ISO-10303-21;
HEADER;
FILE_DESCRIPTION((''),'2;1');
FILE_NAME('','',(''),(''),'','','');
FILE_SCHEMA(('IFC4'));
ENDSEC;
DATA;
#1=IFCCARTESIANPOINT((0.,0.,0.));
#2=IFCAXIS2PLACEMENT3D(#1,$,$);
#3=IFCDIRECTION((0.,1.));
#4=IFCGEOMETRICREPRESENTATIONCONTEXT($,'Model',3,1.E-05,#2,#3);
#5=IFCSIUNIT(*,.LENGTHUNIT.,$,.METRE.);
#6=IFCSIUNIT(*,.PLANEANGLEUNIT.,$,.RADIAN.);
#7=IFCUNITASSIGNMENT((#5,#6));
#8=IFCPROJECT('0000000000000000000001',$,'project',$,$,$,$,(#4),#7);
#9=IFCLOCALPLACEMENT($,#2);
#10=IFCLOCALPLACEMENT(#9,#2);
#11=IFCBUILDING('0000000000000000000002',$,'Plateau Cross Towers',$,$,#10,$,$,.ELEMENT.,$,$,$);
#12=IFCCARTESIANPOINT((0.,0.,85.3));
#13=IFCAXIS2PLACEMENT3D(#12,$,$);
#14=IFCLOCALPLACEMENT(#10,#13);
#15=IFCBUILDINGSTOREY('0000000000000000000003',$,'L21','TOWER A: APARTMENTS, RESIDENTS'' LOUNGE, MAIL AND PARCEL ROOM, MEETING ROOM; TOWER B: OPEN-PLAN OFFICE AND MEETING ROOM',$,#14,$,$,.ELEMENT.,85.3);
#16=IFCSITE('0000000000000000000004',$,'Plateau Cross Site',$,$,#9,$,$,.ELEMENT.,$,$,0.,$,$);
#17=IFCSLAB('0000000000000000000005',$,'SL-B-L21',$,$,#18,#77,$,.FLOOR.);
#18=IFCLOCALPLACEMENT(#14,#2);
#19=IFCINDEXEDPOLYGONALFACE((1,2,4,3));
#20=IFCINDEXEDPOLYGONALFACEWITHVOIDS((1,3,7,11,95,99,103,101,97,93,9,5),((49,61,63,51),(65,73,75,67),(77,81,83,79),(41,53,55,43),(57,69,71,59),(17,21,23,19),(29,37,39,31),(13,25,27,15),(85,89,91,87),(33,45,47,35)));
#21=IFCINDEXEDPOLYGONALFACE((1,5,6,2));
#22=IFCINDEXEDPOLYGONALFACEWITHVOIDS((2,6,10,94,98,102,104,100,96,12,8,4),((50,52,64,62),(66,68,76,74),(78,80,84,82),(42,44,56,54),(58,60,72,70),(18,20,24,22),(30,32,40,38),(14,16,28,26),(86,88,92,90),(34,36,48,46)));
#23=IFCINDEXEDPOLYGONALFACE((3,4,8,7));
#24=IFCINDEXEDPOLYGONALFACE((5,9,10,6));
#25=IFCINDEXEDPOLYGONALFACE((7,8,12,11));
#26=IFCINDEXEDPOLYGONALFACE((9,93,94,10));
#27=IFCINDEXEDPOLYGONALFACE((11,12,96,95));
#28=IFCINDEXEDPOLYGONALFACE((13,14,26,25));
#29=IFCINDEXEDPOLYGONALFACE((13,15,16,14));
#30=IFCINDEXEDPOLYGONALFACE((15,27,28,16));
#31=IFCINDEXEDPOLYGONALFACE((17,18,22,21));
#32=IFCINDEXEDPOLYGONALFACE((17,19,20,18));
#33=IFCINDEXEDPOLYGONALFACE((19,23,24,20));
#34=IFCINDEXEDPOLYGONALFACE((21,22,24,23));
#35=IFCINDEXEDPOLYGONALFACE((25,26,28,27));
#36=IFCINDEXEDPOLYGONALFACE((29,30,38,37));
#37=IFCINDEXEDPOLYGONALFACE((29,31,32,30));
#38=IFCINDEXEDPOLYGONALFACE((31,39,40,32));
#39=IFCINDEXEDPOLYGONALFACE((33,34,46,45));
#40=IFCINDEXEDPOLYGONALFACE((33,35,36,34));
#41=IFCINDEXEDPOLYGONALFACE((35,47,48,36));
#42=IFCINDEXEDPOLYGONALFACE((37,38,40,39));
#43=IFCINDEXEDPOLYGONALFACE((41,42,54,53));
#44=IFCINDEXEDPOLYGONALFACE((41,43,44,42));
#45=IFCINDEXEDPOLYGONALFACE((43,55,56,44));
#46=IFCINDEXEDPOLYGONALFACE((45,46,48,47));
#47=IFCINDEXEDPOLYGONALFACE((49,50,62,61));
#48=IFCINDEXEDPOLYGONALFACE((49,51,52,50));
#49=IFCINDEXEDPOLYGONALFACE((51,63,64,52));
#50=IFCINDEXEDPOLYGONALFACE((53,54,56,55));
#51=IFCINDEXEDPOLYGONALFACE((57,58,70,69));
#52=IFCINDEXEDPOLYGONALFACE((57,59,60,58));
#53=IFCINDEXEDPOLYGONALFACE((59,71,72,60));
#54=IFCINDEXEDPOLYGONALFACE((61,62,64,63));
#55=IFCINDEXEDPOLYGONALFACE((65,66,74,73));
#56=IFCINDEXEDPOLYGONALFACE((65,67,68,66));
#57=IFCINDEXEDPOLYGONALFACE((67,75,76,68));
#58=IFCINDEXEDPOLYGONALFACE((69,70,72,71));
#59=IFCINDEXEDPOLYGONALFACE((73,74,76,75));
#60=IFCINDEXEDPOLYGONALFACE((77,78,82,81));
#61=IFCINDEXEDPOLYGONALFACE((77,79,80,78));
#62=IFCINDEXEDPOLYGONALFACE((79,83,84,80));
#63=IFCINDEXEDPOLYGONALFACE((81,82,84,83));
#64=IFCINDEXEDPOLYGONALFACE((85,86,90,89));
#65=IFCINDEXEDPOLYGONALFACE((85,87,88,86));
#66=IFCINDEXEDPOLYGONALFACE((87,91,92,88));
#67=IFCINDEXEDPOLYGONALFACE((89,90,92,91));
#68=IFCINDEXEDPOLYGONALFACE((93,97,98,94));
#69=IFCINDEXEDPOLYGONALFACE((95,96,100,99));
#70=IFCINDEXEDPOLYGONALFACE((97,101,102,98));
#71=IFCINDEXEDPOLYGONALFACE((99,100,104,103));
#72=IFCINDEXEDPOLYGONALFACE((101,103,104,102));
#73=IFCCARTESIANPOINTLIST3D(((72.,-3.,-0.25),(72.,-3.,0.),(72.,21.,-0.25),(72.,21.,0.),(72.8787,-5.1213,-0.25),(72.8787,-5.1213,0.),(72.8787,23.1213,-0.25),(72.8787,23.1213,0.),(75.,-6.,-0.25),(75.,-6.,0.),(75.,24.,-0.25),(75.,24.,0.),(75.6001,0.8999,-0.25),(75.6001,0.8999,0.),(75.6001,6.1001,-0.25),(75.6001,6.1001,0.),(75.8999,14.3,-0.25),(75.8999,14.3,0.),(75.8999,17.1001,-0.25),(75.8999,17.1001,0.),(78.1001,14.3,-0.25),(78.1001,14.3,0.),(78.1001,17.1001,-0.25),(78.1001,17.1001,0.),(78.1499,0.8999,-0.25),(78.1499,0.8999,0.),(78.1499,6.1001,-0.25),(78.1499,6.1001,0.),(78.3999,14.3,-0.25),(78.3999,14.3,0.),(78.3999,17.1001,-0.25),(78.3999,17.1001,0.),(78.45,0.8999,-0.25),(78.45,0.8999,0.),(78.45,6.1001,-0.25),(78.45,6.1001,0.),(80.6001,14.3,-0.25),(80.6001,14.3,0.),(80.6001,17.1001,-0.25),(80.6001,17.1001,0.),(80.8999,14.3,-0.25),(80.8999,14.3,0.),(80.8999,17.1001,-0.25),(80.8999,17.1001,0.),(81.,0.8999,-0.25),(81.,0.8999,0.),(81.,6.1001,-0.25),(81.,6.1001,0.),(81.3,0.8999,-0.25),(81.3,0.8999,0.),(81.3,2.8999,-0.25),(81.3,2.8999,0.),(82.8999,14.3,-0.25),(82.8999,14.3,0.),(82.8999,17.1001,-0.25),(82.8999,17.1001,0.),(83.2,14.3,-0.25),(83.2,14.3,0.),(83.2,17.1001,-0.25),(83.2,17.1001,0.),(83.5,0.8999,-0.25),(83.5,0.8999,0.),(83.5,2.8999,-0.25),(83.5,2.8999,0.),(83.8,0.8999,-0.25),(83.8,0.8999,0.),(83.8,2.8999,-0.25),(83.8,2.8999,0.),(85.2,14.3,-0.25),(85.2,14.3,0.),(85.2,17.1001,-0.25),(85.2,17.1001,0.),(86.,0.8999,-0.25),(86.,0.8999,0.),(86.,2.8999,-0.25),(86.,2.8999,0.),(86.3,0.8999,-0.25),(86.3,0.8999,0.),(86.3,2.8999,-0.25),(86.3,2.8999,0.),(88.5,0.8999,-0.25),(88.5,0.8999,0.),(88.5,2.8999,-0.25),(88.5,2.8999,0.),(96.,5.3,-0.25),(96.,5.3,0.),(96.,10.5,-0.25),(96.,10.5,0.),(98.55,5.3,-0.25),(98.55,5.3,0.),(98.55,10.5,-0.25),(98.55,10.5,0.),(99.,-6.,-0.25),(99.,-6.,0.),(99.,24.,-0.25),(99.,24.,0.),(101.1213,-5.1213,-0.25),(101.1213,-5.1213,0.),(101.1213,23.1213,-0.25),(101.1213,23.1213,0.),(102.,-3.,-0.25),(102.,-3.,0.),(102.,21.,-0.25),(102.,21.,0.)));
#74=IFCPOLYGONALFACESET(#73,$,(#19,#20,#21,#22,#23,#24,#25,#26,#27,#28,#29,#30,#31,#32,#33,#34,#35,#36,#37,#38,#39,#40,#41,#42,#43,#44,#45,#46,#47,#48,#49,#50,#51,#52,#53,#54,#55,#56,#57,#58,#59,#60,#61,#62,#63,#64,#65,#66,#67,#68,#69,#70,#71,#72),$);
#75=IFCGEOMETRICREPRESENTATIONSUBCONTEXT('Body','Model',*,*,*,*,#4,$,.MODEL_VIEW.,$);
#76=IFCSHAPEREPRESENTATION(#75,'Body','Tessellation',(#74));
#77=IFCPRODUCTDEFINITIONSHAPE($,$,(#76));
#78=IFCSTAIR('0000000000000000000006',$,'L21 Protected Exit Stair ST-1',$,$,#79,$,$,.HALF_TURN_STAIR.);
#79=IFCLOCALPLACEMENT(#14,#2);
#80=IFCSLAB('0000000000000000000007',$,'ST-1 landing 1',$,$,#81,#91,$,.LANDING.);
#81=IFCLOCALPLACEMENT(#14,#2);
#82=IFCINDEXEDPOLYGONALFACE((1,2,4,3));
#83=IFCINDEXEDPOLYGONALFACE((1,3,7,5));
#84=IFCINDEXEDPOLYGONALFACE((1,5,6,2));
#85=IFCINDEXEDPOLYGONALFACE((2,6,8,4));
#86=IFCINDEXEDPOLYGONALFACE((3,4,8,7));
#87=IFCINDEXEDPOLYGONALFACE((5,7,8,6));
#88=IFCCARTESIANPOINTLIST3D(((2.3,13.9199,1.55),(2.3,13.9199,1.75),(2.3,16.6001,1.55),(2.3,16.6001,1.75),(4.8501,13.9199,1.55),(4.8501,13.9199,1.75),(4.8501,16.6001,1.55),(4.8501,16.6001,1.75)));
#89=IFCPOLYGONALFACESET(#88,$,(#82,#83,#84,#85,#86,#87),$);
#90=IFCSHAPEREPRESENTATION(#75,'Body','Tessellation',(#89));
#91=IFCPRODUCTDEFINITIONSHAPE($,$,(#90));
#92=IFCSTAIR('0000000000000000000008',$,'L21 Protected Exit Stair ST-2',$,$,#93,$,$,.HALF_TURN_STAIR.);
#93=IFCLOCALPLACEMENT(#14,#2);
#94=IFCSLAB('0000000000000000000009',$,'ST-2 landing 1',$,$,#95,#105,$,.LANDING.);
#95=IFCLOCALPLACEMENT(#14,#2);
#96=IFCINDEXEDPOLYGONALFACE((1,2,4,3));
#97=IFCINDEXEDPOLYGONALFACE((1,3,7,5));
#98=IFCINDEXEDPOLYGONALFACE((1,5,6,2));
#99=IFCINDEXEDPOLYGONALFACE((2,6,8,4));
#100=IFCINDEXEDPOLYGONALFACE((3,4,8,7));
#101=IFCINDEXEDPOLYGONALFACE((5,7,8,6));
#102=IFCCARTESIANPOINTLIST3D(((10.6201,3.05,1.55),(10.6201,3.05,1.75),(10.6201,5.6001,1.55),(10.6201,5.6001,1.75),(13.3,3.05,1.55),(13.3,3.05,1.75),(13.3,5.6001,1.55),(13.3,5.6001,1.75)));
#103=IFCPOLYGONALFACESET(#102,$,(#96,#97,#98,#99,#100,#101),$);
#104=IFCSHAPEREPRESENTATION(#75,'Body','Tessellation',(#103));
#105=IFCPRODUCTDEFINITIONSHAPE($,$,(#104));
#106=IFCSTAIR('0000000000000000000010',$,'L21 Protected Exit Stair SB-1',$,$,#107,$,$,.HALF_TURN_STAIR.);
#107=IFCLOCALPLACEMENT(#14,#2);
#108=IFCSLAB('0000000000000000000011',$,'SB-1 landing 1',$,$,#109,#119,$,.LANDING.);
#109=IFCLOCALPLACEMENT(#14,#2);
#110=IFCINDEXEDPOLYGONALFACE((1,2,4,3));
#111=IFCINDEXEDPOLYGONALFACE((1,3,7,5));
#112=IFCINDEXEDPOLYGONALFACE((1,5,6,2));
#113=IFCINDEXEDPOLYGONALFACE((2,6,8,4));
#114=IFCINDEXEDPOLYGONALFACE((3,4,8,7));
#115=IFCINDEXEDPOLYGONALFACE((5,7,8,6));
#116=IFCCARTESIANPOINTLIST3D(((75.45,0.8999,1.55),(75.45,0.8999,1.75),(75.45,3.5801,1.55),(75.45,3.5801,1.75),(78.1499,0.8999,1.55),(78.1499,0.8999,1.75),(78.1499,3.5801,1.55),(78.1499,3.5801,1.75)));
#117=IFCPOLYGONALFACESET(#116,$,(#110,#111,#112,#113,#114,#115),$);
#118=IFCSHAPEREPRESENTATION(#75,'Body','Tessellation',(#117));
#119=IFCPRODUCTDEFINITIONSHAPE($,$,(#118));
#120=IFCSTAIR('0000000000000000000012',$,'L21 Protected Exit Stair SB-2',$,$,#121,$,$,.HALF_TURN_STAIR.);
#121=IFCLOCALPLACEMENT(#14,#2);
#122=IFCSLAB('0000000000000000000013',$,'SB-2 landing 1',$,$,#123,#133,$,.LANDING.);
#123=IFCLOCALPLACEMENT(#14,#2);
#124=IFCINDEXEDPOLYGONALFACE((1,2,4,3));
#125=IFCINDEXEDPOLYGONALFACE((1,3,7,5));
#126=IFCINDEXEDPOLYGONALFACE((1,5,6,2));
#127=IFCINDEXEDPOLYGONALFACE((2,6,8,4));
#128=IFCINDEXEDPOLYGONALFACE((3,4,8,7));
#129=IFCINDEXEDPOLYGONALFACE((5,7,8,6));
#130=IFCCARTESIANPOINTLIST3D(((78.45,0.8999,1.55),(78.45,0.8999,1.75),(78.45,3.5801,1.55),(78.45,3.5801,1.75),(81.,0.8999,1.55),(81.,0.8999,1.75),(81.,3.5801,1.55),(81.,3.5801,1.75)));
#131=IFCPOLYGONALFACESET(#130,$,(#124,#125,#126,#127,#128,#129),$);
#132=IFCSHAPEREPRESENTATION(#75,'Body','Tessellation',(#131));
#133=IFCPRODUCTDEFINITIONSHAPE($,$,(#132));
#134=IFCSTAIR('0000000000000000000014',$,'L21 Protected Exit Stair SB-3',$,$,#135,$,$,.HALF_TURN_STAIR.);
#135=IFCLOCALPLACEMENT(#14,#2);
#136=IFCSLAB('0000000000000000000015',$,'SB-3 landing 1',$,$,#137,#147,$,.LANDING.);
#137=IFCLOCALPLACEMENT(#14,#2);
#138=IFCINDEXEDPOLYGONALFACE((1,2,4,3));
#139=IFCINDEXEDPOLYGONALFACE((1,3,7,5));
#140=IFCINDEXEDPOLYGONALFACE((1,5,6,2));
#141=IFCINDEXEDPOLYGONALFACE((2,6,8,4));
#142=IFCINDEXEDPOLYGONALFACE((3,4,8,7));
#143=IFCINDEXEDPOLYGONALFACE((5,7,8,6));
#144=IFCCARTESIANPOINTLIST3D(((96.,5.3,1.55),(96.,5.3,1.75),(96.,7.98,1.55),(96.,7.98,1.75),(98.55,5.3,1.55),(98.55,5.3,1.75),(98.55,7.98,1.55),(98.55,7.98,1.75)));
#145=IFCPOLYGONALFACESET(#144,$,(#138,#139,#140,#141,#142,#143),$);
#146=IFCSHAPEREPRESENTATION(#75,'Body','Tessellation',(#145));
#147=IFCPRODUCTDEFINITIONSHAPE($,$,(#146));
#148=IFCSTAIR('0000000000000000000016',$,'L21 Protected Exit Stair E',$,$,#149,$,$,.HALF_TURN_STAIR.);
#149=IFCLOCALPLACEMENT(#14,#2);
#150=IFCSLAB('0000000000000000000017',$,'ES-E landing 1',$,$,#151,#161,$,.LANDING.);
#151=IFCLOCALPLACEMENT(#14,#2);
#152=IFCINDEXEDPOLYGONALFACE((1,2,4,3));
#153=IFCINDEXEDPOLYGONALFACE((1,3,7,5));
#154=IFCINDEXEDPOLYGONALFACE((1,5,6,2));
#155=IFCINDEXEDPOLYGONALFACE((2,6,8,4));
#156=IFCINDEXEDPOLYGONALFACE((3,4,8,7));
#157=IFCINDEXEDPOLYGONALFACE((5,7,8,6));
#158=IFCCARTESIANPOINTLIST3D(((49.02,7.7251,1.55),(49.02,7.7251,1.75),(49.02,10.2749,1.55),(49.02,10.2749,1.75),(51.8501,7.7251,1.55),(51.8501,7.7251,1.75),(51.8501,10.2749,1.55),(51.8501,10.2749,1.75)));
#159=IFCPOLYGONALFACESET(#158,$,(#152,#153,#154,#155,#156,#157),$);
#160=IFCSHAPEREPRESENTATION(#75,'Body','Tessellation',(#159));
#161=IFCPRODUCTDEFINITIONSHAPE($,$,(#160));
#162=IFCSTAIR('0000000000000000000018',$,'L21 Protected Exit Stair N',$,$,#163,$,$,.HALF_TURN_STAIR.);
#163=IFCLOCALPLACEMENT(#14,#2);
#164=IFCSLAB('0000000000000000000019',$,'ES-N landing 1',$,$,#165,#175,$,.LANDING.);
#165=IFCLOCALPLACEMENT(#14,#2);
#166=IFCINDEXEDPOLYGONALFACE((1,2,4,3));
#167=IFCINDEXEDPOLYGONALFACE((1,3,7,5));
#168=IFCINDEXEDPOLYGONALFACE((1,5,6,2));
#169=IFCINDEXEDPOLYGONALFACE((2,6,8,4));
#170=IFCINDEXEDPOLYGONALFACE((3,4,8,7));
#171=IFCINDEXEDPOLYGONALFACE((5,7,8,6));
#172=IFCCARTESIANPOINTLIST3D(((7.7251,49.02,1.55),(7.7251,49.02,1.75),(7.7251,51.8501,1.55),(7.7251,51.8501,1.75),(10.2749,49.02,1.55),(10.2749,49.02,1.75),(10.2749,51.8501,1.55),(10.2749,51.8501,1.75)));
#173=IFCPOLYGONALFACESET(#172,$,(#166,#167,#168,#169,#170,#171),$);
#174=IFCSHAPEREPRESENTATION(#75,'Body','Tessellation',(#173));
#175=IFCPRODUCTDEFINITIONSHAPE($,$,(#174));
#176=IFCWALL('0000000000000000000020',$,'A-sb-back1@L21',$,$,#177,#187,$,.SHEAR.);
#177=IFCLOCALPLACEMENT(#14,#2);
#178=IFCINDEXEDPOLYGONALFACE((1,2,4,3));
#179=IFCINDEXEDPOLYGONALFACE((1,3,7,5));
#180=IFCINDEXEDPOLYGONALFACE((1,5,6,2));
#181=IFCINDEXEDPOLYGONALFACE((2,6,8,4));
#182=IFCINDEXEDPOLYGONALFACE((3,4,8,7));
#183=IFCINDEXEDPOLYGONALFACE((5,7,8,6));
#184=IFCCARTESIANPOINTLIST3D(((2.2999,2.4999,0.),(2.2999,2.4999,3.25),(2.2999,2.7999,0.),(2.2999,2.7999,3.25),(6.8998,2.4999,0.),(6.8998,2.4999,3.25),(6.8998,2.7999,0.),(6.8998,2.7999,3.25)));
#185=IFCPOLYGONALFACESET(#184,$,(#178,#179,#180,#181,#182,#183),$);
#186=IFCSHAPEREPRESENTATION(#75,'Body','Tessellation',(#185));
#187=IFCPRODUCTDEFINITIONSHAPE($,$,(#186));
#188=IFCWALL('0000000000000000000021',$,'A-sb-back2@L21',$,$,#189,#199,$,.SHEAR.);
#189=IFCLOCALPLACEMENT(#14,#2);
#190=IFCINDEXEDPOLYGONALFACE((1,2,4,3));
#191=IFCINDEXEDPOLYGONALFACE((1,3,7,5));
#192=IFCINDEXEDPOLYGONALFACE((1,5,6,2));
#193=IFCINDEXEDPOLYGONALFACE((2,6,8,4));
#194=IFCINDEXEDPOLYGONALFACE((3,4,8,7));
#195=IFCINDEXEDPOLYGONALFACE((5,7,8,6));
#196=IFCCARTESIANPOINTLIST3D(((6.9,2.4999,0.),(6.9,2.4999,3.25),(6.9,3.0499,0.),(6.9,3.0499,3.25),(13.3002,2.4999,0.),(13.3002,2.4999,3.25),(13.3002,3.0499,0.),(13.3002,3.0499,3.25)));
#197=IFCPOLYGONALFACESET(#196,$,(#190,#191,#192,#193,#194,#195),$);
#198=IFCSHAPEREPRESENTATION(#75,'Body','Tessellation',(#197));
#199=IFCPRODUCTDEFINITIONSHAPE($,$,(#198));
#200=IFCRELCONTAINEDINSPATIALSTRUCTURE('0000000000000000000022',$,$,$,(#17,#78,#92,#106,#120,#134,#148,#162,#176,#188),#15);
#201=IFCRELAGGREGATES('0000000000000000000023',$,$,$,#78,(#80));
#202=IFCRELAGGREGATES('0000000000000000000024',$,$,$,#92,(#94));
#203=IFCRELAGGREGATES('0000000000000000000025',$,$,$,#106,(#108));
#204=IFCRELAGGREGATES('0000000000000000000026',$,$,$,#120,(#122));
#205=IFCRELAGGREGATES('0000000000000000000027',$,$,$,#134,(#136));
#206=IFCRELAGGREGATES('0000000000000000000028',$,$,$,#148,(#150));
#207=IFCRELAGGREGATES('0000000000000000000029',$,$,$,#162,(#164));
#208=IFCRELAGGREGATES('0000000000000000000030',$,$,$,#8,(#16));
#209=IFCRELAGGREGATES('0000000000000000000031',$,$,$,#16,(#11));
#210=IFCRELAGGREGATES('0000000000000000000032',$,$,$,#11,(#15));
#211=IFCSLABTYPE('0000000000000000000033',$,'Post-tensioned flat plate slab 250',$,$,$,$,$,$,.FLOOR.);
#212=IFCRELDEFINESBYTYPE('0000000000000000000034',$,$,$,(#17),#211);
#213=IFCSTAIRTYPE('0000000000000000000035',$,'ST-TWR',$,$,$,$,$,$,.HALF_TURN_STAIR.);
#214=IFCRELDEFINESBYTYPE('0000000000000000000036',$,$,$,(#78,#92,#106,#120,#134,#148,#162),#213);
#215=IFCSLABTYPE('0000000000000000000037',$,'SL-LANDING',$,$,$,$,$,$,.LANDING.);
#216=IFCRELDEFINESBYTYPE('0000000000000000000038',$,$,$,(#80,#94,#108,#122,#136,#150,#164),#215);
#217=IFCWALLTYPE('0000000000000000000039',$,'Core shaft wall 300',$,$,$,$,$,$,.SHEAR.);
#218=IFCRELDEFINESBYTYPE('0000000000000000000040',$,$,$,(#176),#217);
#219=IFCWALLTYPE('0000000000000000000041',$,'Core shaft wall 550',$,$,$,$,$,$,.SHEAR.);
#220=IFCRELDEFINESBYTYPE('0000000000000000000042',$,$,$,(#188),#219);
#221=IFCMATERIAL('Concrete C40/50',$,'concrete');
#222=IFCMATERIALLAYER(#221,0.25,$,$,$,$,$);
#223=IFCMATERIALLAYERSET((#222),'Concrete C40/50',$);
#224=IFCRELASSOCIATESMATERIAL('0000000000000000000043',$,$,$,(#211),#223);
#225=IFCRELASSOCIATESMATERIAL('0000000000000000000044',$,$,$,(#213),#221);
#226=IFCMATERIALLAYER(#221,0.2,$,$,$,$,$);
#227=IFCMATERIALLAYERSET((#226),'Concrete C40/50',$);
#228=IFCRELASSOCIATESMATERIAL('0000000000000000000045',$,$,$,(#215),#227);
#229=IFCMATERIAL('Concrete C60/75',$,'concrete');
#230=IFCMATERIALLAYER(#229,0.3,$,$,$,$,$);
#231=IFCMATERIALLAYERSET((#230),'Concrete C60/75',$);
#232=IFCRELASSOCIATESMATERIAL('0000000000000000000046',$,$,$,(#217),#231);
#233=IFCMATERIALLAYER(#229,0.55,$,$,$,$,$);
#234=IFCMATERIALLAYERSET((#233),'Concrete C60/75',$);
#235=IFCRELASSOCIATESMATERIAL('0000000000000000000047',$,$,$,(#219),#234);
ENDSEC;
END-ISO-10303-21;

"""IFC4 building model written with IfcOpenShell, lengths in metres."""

from ifc_helpers import new_model, si_unit, direction, frame, frame_2d, origin, place, context, subcontext, project, spatial, polyline, rectangle, outline, extrude, material, layer, layer_set, type_object, element, aggregate, save


model = new_model("IFC4")

# Units and contexts
model_context = context("Model", 3, precision=1e-05, world=origin(), true_north=direction((0.0, 1.0)))
body_context = subcontext(model_context, "Body", "Model", "MODEL_VIEW")
ifc_project = project(units=[si_unit("LENGTHUNIT", "METRE"), si_unit("PLANEANGLEUNIT", "RADIAN")], contexts=[model_context])

# Site, building, storey
site_placement = place(None, origin())
site = spatial("IfcSite", under=ifc_project, at=site_placement, Name="Plateau Cross Site", CompositionType="ELEMENT", RefElevation=0.0)
building_placement = place(site_placement, origin())
building = spatial("IfcBuilding", under=site, at=building_placement, Name="Plateau Cross Towers", CompositionType="ELEMENT")
storey_placement = place(building_placement, frame((0.0, 0.0, 85.3)))
storey = spatial("IfcBuildingStorey", under=building, at=storey_placement, Name="L21", Description="TOWER A: APARTMENTS, RESIDENTS' LOUNGE, MAIL AND PARCEL ROOM, MEETING ROOM; TOWER B: OPEN-PLAN OFFICE AND MEETING ROOM", CompositionType="ELEMENT", Elevation=85.3)

# Shared definitions
ifc_material_1 = material(Name="Concrete C60/75", Category="concrete")

# Shared definitions
ifc_material_2 = material(Name="Concrete C40/50", Category="concrete")

# Slab
ifc_layer_1 = layer(ifc_material_2, 0.25)
ifc_layer_set_1 = layer_set([ifc_layer_1], Name="Concrete C40/50")
slab_type_1 = type_object("IfcSlabType", Name="Post-tensioned flat plate slab 250", PredefinedType="FLOOR", material=ifc_layer_set_1)
slab_1_placement = place(storey_placement, frame((0.0, 0.0, -0.25)))
element("IfcSlab", 1, at=slab_1_placement, inside=storey, type_object=slab_type_1, Name="SL-B-L21", PredefinedType="FLOOR", context=body_context, shape_type="SweptSolid", body=[
    extrude(outline(polyline([(72.8787, -5.1213), (72.0, -3.0), (72.0, 21.0), (72.8787, 23.1213), (75.0, 24.0), (99.0, 24.0), (101.1213, 23.1213), (102.0, 21.0), (102.0, -3.0), (101.1213, -5.1213), (99.0, -6.0), (75.0, -6.0), (72.8787, -5.1213)]), holes=[polyline([(75.6001, 0.8999), (78.1499, 0.8999), (78.1499, 6.1001), (75.6001, 6.1001), (75.6001, 0.8999)]), polyline([(78.1001, 14.3), (78.1001, 17.1001), (75.8999, 17.1001), (75.8999, 14.3), (78.1001, 14.3)]), polyline([(83.5, 0.8999), (83.5, 2.8999), (81.3, 2.8999), (81.3, 0.8999), (83.5, 0.8999)]), polyline([(86.0, 0.8999), (86.0, 2.8999), (83.8, 2.8999), (83.8, 0.8999), (86.0, 0.8999)]), polyline([(88.5, 0.8999), (88.5, 2.8999), (86.3, 2.8999), (86.3, 0.8999), (88.5, 0.8999)]), polyline([(78.45, 0.8999), (81.0, 0.8999), (81.0, 6.1001), (78.45, 6.1001), (78.45, 0.8999)]), polyline([(96.0, 5.3), (98.55, 5.3), (98.55, 10.5), (96.0, 10.5), (96.0, 5.3)]), polyline([(80.6001, 14.3), (80.6001, 17.1001), (78.3999, 17.1001), (78.3999, 14.3), (80.6001, 14.3)]), polyline([(80.8999, 14.3), (82.8999, 14.3), (82.8999, 17.1001), (80.8999, 17.1001), (80.8999, 14.3)]), polyline([(83.2, 14.3), (85.2, 14.3), (85.2, 17.1001), (83.2, 17.1001), (83.2, 14.3)])]), origin(), (0.0, 0.0, 1.0), 0.25),
])

# Stairs, slabs
stair_type = type_object("IfcStairType", Name="ST-TWR", PredefinedType="HALF_TURN_STAIR", material=ifc_material_2)
stair_1_placement = place(storey_placement, origin())
stair_1 = element("IfcStair", 2, at=stair_1_placement, inside=storey, type_object=stair_type, Name="L21 Protected Exit Stair ST-1", PredefinedType="HALF_TURN_STAIR")
ifc_layer_2 = layer(ifc_material_2, 0.2)
ifc_layer_set_2 = layer_set([ifc_layer_2], Name="Concrete C40/50")
slab_type_2 = type_object("IfcSlabType", Name="SL-LANDING", PredefinedType="LANDING", material=ifc_layer_set_2)
slab_2_placement = place(storey_placement, frame((0.0, 0.0, 1.55)))
slab_2 = element("IfcSlab", 3, at=slab_2_placement, type_object=slab_type_2, Name="ST-1 landing 1", PredefinedType="LANDING", context=body_context, shape_type="SweptSolid", body=[
    extrude(outline(polyline([(4.8501, 13.9199), (4.8501, 16.6001), (2.3, 16.6001), (2.3, 13.9199), (4.8501, 13.9199)])), origin(), (0.0, 0.0, 1.0), 0.2),
])
aggregate(stair_1, [slab_2])
stair_2_placement = place(storey_placement, origin())
stair_2 = element("IfcStair", 4, at=stair_2_placement, inside=storey, type_object=stair_type, Name="L21 Protected Exit Stair ST-2", PredefinedType="HALF_TURN_STAIR")
slab_3_placement = place(storey_placement, frame((0.0, 0.0, 1.55)))
slab_3 = element("IfcSlab", 5, at=slab_3_placement, type_object=slab_type_2, Name="ST-2 landing 1", PredefinedType="LANDING", context=body_context, shape_type="SweptSolid", body=[
    extrude(outline(polyline([(10.6201, 3.05), (13.3, 3.05), (13.3, 5.6001), (10.6201, 5.6001), (10.6201, 3.05)])), origin(), (0.0, 0.0, 1.0), 0.2),
])
aggregate(stair_2, [slab_3])
stair_3_placement = place(storey_placement, origin())
stair_3 = element("IfcStair", 6, at=stair_3_placement, inside=storey, type_object=stair_type, Name="L21 Protected Exit Stair SB-1", PredefinedType="HALF_TURN_STAIR")
slab_4_placement = place(storey_placement, frame((0.0, 0.0, 1.55)))
slab_4 = element("IfcSlab", 7, at=slab_4_placement, type_object=slab_type_2, Name="SB-1 landing 1", PredefinedType="LANDING", context=body_context, shape_type="SweptSolid", body=[
    extrude(outline(polyline([(75.45, 3.5801), (75.45, 0.8999), (78.1499, 0.8999), (78.1499, 3.5801), (75.45, 3.5801)])), origin(), (0.0, 0.0, 1.0), 0.2),
])
aggregate(stair_3, [slab_4])
stair_4_placement = place(storey_placement, origin())
stair_4 = element("IfcStair", 8, at=stair_4_placement, inside=storey, type_object=stair_type, Name="L21 Protected Exit Stair SB-2", PredefinedType="HALF_TURN_STAIR")
slab_5_placement = place(storey_placement, frame((0.0, 0.0, 1.55)))
slab_5 = element("IfcSlab", 9, at=slab_5_placement, type_object=slab_type_2, Name="SB-2 landing 1", PredefinedType="LANDING", context=body_context, shape_type="SweptSolid", body=[
    extrude(outline(polyline([(78.45, 3.5801), (78.45, 0.8999), (81.0, 0.8999), (81.0, 3.5801), (78.45, 3.5801)])), origin(), (0.0, 0.0, 1.0), 0.2),
])
aggregate(stair_4, [slab_5])
stair_5_placement = place(storey_placement, origin())
stair_5 = element("IfcStair", 10, at=stair_5_placement, inside=storey, type_object=stair_type, Name="L21 Protected Exit Stair SB-3", PredefinedType="HALF_TURN_STAIR")
slab_6_placement = place(storey_placement, frame((0.0, 0.0, 1.55)))
slab_6 = element("IfcSlab", 11, at=slab_6_placement, type_object=slab_type_2, Name="SB-3 landing 1", PredefinedType="LANDING", context=body_context, shape_type="SweptSolid", body=[
    extrude(outline(polyline([(96.0, 7.98), (96.0, 5.3), (98.55, 5.3), (98.55, 7.98), (96.0, 7.98)])), origin(), (0.0, 0.0, 1.0), 0.2),
])
aggregate(stair_5, [slab_6])
stair_6_placement = place(storey_placement, origin())
stair_6 = element("IfcStair", 12, at=stair_6_placement, inside=storey, type_object=stair_type, Name="L21 Protected Exit Stair E", PredefinedType="HALF_TURN_STAIR")
slab_7_placement = place(storey_placement, frame((0.0, 0.0, 1.55)))
slab_7 = element("IfcSlab", 13, at=slab_7_placement, type_object=slab_type_2, Name="ES-E landing 1", PredefinedType="LANDING", context=body_context, shape_type="SweptSolid", body=[
    extrude(outline(polyline([(49.02, 7.7251), (51.8501, 7.7251), (51.8501, 10.2749), (49.02, 10.2749), (49.02, 7.7251)])), origin(), (0.0, 0.0, 1.0), 0.2),
])
aggregate(stair_6, [slab_7])
stair_7_placement = place(storey_placement, origin())
stair_7 = element("IfcStair", 14, at=stair_7_placement, inside=storey, type_object=stair_type, Name="L21 Protected Exit Stair N", PredefinedType="HALF_TURN_STAIR")
slab_8_placement = place(storey_placement, frame((0.0, 0.0, 1.55)))
slab_8 = element("IfcSlab", 15, at=slab_8_placement, type_object=slab_type_2, Name="ES-N landing 1", PredefinedType="LANDING", context=body_context, shape_type="SweptSolid", body=[
    extrude(outline(polyline([(10.2749, 49.02), (10.2749, 51.8501), (7.7251, 51.8501), (7.7251, 49.02), (10.2749, 49.02)])), origin(), (0.0, 0.0, 1.0), 0.2),
])
aggregate(stair_7, [slab_8])

# Walls
ifc_layer_3 = layer(ifc_material_1, 0.3)
ifc_layer_set_3 = layer_set([ifc_layer_3], Name="Concrete C60/75")
wall_type_1 = type_object("IfcWallType", Name="Core shaft wall 300", PredefinedType="SHEAR", material=ifc_layer_set_3)
wall_1_placement = place(storey_placement, frame((2.3, 2.6499, 0.0), z_axis=(0.0, 0.0, 1.0), x_axis=(1.0, 0.0, 0.0)))
element("IfcWall", 16, at=wall_1_placement, inside=storey, type_object=wall_type_1, Name="A-sb-back1@L21", PredefinedType="SHEAR", context=body_context, shape_type="SweptSolid", body=[
    extrude(rectangle(XDim=4.5999, YDim=0.3, at=frame_2d((2.2998, 0.0))), origin(), (0.0, 0.0, 1.0), 3.25),
])
ifc_layer_4 = layer(ifc_material_1, 0.55)
ifc_layer_set_4 = layer_set([ifc_layer_4], Name="Concrete C60/75")
wall_type_2 = type_object("IfcWallType", Name="Core shaft wall 550", PredefinedType="SHEAR", material=ifc_layer_set_4)
wall_2_placement = place(storey_placement, frame((6.8999, 2.7749, 0.0), z_axis=(0.0, 0.0, 1.0), x_axis=(1.0, 0.0, 0.0)))
element("IfcWall", 17, at=wall_2_placement, inside=storey, type_object=wall_type_2, Name="A-sb-back2@L21", PredefinedType="SHEAR", context=body_context, shape_type="SweptSolid", body=[
    extrude(rectangle(XDim=6.4001, YDim=0.55, at=frame_2d((3.2002, 0.0))), origin(), (0.0, 0.0, 1.0), 3.25),
])

save(model, "model.ifc")
